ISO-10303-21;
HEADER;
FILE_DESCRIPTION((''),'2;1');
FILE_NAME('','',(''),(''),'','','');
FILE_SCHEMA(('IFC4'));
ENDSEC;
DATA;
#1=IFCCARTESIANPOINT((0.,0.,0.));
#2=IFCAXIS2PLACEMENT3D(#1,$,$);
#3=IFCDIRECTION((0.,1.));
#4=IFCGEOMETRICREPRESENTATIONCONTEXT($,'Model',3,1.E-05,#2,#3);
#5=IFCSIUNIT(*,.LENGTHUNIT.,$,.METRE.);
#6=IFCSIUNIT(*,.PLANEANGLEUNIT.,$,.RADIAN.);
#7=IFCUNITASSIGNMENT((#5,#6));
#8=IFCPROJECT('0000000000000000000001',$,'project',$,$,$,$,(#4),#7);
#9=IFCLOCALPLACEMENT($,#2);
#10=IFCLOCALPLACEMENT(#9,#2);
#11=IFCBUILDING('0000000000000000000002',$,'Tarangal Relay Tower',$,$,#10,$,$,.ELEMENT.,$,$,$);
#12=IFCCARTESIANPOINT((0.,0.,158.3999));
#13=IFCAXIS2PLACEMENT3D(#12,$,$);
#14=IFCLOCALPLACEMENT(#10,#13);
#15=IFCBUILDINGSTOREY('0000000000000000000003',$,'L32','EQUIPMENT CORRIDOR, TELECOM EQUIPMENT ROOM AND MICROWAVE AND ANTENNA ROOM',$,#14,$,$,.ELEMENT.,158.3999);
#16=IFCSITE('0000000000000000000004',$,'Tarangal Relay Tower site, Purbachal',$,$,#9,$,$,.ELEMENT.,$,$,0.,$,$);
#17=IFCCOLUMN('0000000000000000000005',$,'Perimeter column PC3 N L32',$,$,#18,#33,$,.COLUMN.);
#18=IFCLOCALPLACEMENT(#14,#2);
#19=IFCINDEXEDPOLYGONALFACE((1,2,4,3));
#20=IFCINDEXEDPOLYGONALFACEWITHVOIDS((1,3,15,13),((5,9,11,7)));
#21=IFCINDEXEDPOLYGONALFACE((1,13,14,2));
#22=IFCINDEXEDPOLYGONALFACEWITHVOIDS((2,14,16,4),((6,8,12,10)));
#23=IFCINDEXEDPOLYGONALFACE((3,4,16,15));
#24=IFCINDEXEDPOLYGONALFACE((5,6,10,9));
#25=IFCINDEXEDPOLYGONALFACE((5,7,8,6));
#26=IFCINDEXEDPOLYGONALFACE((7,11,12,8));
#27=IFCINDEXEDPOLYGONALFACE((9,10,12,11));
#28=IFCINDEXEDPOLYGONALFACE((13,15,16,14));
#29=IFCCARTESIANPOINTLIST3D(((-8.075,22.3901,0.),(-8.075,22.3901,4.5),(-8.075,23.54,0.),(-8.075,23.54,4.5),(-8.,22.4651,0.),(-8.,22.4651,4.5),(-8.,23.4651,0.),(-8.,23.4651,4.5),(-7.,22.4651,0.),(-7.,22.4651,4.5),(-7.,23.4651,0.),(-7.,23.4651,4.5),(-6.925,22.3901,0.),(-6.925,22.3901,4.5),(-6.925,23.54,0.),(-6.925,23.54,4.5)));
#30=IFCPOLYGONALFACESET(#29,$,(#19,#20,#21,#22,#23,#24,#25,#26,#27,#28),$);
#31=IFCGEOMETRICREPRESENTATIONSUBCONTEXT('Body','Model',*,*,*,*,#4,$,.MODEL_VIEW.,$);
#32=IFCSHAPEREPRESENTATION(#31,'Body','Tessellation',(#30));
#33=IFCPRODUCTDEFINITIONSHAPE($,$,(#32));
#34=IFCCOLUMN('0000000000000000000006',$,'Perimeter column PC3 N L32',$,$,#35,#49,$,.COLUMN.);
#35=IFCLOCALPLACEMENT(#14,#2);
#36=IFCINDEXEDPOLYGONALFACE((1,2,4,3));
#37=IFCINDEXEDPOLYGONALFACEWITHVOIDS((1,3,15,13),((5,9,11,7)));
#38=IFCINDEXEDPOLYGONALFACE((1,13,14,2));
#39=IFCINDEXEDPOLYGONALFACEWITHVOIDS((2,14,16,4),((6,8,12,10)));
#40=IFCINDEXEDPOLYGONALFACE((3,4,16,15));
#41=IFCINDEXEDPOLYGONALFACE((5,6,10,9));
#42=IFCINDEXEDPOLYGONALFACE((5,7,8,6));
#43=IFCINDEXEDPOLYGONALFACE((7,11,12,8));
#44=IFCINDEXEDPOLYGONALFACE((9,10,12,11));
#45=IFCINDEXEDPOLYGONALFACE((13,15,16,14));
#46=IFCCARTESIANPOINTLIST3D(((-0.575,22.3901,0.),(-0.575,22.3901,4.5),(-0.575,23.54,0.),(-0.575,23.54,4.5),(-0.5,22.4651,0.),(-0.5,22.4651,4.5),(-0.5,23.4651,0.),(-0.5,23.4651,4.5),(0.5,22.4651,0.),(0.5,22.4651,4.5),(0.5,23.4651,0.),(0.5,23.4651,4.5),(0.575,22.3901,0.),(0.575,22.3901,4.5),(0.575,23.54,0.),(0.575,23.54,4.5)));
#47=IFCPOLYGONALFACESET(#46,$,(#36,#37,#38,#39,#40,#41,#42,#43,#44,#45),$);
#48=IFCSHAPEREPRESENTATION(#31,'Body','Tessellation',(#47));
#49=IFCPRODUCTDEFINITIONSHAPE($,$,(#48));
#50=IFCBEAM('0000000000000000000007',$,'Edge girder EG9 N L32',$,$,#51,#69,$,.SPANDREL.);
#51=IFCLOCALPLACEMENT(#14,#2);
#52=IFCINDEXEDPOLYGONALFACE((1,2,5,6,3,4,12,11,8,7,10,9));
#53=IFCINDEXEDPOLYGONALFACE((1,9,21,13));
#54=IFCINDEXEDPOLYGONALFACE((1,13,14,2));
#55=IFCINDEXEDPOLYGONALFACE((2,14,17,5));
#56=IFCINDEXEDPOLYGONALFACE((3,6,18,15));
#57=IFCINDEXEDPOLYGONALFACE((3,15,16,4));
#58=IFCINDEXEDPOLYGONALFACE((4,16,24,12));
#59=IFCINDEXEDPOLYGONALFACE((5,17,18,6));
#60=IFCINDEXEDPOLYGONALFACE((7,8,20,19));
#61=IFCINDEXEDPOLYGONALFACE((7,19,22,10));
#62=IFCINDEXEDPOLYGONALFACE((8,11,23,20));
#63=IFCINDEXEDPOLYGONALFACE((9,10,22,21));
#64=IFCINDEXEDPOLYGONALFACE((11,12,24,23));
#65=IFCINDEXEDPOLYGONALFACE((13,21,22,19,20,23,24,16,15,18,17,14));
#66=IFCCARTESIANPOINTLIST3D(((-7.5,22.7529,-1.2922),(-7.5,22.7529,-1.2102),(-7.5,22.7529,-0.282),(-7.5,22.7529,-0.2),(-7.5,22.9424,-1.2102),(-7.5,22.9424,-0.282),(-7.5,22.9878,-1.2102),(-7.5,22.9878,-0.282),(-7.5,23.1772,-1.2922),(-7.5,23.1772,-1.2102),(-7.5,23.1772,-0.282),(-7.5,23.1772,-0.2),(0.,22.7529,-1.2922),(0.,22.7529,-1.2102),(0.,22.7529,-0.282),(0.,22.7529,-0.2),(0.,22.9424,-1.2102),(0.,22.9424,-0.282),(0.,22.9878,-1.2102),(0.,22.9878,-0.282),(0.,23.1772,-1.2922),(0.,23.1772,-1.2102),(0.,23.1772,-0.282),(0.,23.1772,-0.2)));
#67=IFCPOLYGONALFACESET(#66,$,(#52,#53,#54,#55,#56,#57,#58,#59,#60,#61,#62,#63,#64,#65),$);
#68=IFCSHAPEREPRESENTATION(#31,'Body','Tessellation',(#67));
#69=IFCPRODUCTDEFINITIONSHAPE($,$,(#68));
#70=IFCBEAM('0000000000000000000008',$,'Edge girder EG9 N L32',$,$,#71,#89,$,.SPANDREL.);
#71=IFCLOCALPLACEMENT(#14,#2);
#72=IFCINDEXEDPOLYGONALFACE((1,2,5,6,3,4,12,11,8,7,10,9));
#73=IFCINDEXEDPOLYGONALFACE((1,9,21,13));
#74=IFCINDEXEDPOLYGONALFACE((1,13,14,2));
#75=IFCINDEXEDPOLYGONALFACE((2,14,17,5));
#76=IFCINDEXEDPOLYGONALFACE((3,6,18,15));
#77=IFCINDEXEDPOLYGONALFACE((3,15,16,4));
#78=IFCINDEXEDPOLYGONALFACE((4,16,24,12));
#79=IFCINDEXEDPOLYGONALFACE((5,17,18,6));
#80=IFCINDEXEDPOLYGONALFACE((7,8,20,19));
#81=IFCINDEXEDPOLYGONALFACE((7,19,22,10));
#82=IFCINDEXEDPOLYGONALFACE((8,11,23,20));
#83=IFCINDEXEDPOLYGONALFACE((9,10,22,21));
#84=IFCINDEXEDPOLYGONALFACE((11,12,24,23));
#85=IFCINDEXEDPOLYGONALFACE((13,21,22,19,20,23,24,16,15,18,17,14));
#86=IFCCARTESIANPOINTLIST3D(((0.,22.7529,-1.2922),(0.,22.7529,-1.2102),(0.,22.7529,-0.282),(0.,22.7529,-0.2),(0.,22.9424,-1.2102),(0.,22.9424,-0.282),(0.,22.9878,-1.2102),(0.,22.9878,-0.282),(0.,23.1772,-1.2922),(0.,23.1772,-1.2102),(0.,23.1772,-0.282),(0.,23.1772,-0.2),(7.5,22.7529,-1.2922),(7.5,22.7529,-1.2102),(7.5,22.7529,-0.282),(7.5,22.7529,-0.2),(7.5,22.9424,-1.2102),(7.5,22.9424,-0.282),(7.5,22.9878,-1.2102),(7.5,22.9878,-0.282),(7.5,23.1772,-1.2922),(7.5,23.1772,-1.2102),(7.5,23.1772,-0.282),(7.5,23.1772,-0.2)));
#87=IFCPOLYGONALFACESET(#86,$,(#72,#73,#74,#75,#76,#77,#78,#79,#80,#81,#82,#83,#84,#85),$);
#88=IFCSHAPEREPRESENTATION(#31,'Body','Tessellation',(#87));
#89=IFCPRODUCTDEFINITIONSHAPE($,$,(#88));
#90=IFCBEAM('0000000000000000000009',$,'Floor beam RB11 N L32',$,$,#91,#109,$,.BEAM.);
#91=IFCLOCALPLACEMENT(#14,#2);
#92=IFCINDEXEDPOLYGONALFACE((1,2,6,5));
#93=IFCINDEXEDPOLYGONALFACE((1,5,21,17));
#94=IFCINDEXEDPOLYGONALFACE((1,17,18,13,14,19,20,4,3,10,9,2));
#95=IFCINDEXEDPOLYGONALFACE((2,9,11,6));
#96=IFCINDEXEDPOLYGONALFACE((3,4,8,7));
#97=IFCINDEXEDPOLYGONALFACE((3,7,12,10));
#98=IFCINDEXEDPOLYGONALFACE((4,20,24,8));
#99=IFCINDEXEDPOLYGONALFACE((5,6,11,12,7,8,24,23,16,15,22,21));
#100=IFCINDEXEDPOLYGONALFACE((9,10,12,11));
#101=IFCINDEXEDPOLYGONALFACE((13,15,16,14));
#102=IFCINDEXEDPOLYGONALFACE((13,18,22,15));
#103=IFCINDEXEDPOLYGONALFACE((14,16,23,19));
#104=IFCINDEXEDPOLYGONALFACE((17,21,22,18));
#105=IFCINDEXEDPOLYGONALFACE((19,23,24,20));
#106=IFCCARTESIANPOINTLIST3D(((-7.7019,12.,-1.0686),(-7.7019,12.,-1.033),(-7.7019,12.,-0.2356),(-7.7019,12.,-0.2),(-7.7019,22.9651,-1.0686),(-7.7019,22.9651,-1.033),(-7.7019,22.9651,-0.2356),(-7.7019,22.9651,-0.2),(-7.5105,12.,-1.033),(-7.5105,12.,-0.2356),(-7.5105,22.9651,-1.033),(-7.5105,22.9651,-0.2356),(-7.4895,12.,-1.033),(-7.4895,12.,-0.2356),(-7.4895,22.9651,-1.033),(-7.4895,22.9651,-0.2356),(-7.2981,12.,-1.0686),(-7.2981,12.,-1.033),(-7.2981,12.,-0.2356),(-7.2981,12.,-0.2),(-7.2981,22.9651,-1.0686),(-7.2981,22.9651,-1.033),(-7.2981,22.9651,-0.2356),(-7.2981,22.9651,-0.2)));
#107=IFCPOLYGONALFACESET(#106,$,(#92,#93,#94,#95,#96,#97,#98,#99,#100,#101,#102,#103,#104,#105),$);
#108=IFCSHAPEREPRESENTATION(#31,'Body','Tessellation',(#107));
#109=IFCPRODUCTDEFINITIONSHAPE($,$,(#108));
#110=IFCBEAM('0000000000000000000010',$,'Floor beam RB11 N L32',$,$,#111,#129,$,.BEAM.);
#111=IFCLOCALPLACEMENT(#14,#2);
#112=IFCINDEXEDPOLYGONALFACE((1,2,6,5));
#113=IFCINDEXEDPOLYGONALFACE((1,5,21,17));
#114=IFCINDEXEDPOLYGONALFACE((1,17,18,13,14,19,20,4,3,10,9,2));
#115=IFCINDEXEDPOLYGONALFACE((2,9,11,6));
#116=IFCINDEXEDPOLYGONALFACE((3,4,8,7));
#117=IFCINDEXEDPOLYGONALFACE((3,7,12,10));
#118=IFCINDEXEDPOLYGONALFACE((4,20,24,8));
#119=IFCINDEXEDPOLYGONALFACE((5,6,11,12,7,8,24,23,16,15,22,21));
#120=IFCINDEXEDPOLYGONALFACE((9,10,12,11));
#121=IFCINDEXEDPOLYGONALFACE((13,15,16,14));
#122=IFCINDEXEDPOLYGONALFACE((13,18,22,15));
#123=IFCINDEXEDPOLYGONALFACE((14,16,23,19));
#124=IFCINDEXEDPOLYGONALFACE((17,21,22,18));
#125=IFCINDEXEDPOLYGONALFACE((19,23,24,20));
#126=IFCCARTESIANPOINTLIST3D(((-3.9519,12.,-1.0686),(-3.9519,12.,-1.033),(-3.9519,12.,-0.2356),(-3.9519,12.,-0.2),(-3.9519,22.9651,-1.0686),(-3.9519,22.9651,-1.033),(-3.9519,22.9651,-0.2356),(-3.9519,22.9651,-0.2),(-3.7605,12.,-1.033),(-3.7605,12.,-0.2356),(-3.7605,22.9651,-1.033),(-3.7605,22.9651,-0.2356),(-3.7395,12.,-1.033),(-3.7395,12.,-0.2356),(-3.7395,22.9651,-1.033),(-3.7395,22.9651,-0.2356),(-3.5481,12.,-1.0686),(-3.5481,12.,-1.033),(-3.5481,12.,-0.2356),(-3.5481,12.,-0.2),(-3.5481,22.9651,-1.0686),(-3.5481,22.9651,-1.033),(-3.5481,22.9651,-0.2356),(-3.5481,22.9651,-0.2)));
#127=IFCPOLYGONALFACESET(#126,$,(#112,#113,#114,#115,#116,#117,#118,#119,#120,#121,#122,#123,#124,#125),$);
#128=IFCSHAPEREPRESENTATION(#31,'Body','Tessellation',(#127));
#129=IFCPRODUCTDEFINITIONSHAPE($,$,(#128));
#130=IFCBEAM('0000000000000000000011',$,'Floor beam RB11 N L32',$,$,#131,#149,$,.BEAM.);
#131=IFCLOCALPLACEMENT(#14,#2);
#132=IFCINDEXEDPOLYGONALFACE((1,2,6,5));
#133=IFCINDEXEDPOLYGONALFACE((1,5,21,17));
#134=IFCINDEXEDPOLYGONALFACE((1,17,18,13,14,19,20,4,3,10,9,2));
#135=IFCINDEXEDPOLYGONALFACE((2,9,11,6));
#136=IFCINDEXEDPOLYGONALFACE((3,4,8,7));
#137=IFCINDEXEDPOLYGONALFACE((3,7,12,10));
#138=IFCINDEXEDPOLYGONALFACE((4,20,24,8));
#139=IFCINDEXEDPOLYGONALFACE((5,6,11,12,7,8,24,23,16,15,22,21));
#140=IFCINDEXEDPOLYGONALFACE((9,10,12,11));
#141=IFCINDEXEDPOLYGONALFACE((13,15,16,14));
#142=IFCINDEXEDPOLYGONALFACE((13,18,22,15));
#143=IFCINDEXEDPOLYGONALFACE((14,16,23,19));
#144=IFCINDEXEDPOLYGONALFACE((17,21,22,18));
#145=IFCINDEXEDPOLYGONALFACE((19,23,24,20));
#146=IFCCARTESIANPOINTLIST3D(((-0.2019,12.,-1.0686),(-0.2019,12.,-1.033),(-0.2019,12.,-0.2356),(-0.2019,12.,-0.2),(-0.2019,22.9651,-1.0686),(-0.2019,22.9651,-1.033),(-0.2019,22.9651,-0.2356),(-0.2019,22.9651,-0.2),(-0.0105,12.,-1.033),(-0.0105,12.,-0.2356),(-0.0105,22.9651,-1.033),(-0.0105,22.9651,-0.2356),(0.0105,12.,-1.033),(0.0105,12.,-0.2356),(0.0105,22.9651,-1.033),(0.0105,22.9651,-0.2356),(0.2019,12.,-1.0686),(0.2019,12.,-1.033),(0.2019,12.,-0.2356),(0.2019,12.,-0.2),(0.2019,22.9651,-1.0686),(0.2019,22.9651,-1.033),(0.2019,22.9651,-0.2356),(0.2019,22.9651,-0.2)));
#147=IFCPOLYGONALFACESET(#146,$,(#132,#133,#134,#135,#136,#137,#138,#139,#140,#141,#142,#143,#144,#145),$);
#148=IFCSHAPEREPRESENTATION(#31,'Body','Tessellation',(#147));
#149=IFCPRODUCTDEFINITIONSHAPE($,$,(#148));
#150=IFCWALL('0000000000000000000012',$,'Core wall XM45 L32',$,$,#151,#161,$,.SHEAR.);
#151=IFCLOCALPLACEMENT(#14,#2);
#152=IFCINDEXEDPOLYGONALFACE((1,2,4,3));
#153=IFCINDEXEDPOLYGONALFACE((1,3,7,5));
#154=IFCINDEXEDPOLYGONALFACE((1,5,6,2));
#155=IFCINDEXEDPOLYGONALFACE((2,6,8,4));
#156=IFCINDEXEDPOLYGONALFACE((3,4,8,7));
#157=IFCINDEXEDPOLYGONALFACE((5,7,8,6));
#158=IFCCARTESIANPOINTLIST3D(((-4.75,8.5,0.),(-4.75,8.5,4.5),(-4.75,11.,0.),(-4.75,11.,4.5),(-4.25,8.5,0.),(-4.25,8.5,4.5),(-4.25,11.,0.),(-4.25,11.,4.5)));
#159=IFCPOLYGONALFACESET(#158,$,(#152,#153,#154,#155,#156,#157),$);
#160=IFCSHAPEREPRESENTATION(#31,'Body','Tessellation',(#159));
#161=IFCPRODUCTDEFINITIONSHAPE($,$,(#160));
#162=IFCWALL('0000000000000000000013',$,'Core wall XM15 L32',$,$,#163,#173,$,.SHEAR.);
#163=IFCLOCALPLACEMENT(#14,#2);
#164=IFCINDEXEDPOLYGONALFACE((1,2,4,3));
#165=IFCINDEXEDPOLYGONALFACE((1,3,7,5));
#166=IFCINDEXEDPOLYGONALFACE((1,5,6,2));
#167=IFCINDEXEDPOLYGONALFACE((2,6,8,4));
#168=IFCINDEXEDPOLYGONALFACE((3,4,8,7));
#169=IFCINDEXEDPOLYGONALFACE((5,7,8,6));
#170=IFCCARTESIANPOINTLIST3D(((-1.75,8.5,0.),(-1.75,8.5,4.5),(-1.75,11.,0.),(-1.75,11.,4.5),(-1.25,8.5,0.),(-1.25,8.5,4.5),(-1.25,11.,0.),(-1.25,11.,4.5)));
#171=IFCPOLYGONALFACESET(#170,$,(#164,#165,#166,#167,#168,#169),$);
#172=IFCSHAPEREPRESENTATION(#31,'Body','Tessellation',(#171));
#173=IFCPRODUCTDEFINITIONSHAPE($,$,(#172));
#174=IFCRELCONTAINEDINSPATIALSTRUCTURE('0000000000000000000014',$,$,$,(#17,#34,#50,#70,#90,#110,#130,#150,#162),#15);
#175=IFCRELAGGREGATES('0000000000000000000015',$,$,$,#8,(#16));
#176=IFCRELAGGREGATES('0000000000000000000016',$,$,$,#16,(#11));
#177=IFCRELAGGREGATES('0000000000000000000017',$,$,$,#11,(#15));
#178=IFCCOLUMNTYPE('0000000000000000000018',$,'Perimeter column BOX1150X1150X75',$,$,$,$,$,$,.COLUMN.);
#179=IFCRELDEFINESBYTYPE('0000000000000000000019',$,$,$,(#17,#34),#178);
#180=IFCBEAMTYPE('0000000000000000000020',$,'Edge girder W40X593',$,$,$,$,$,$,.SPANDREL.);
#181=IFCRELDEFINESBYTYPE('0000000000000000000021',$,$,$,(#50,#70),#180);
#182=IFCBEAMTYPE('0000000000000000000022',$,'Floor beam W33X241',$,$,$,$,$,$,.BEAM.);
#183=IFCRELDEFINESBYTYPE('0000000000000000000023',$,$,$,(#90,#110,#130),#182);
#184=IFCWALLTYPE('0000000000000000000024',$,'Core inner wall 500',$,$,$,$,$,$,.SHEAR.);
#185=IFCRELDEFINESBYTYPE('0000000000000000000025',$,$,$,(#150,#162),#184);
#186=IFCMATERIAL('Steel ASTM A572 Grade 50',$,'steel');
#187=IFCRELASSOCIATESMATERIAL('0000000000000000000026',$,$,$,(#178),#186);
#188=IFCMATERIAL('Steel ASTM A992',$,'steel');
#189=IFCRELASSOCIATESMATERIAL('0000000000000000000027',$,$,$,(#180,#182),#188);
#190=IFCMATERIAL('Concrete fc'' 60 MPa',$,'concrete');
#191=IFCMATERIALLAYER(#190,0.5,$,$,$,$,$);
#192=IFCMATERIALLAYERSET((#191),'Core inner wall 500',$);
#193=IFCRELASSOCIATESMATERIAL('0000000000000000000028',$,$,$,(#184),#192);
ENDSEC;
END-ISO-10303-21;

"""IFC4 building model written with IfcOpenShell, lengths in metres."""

from ifc_helpers import new_model, si_unit, direction, frame, frame_2d, origin, origin_2d, place, context, subcontext, project, spatial, rectangle, hollow_rectangle, i_section, extrude, material, layer, layer_set, material_profile, profile_set, type_object, element, save


model = new_model("IFC4")

# Units and contexts
model_context = context("Model", 3, precision=1e-05, world=origin(), true_north=direction((0.0, 1.0)))
body_context = subcontext(model_context, "Body", "Model", "MODEL_VIEW")
ifc_project = project(units=[si_unit("LENGTHUNIT", "METRE"), si_unit("PLANEANGLEUNIT", "RADIAN")], contexts=[model_context])

# Site, building, storey
site_placement = place(None, origin())
site = spatial("IfcSite", under=ifc_project, at=site_placement, Name="Tarangal Relay Tower site, Purbachal", CompositionType="ELEMENT", RefElevation=0.0)
building_placement = place(site_placement, origin())
building = spatial("IfcBuilding", under=site, at=building_placement, Name="Tarangal Relay Tower", CompositionType="ELEMENT")
storey_placement = place(building_placement, frame((0.0, 0.0, 158.3999)))
storey = spatial("IfcBuildingStorey", under=building, at=storey_placement, Name="L32", Description="EQUIPMENT CORRIDOR, TELECOM EQUIPMENT ROOM AND MICROWAVE AND ANTENNA ROOM", CompositionType="ELEMENT", Elevation=158.3999)

# Columns
ifc_material_1 = material(Name="Steel ASTM A572 Grade 50", Category="steel")
ifc_material_profile_1 = material_profile(ifc_material_1, hollow_rectangle(XDim=1.1499, YDim=1.1499, WallThickness=0.075, at=origin_2d()), Name="BOX1150X1150X75")
ifc_profile_set_1 = profile_set([ifc_material_profile_1], Name="Steel ASTM A572 Grade 50")
column_type = type_object("IfcColumnType", Name="Perimeter column BOX1150X1150X75", PredefinedType="COLUMN", material=ifc_profile_set_1)
for number, where, z_axis, x_axis, name in (
    (1, (-7.5, 22.9651, 0.0), (0.0, 0.0, 1.0), (1.0, 0.0, 0.0), "Perimeter column PC3 N L32"),
    (2, (0.0, 22.9651, 0.0), (0.0, 0.0, 1.0), (1.0, 0.0, 0.0), "Perimeter column PC3 N L32"),
):
    element("IfcColumn", number, at=place(storey_placement, frame(where, z_axis=z_axis, x_axis=x_axis)), inside=storey, type_object=column_type, Name=name, PredefinedType="COLUMN", context=body_context, shape_type="SweptSolid", body=[
        extrude(hollow_rectangle(XDim=1.1499, YDim=1.1499, WallThickness=0.075, at=origin_2d()), origin(), (0.0, 0.0, 1.0), 4.5),
    ])

# Beams
ifc_material_2 = material(Name="Steel ASTM A992", Category="steel")
ifc_material_profile_2 = material_profile(ifc_material_2, i_section(OverallWidth=0.4243, OverallDepth=1.0923, WebThickness=0.0454, FlangeThickness=0.082, at=origin_2d()), Name="W40X593")
ifc_profile_set_2 = profile_set([ifc_material_profile_2], Name="Steel ASTM A992")
beam_type_1 = type_object("IfcBeamType", Name="Edge girder W40X593", PredefinedType="SPANDREL", material=ifc_profile_set_2)
for number, where, z_axis, x_axis, name in (
    (3, (-7.5, 22.9651, -0.7461), (1.0, 0.0, 0.0), (0.0, 1.0, 0.0), "Edge girder EG9 N L32"),
    (4, (0.0, 22.9651, -0.7461), (1.0, 0.0, 0.0), (0.0, 1.0, 0.0), "Edge girder EG9 N L32"),
):
    element("IfcBeam", number, at=place(storey_placement, frame(where, z_axis=z_axis, x_axis=x_axis)), inside=storey, type_object=beam_type_1, Name=name, PredefinedType="SPANDREL", context=body_context, shape_type="SweptSolid", body=[
        extrude(i_section(OverallWidth=0.4243, OverallDepth=1.0923, WebThickness=0.0454, FlangeThickness=0.082, at=origin_2d()), origin(), (0.0, 0.0, 1.0), 7.5),
    ])
ifc_material_profile_3 = material_profile(ifc_material_2, i_section(OverallWidth=0.4038, OverallDepth=0.8687, WebThickness=0.021, FlangeThickness=0.0356, at=origin_2d()), Name="W33X241")
ifc_profile_set_3 = profile_set([ifc_material_profile_3], Name="Steel ASTM A992")
beam_type_2 = type_object("IfcBeamType", Name="Floor beam W33X241", PredefinedType="BEAM", material=ifc_profile_set_3)
for number, where, z_axis, x_axis, name in (
    (5, (-7.5, 12.0, -0.6343), (0.0, 1.0, 0.0), (-1.0, 0.0, 0.0), "Floor beam RB11 N L32"),
    (6, (-3.75, 12.0, -0.6343), (0.0, 1.0, 0.0), (-1.0, 0.0, 0.0), "Floor beam RB11 N L32"),
    (7, (0.0, 12.0, -0.6343), (0.0, 1.0, 0.0), (-1.0, 0.0, 0.0), "Floor beam RB11 N L32"),
):
    element("IfcBeam", number, at=place(storey_placement, frame(where, z_axis=z_axis, x_axis=x_axis)), inside=storey, type_object=beam_type_2, Name=name, PredefinedType="BEAM", context=body_context, shape_type="SweptSolid", body=[
        extrude(i_section(OverallWidth=0.4038, OverallDepth=0.8687, WebThickness=0.021, FlangeThickness=0.0356, at=origin_2d()), origin(), (0.0, 0.0, 1.0), 10.9651),
    ])

# Shared definitions
ifc_material_3 = material(Name="Concrete fc' 60 MPa", Category="concrete")
ifc_layer = layer(ifc_material_3, 0.5)
ifc_layer_set = layer_set([ifc_layer], Name="Core inner wall 500")
wall_type = type_object("IfcWallType", Name="Core inner wall 500", PredefinedType="SHEAR", material=ifc_layer_set)

# Walls
for number, where, z_axis, x_axis, name in (
    (8, (-4.5, 8.5, 0.0), (0.0, 0.0, 1.0), (0.0, 1.0, 0.0), "Core wall XM45 L32"),
    (9, (-1.5, 8.5, 0.0), (0.0, 0.0, 1.0), (0.0, 1.0, 0.0), "Core wall XM15 L32"),
):
    element("IfcWall", number, at=place(storey_placement, frame(where, z_axis=z_axis, x_axis=x_axis)), inside=storey, type_object=wall_type, Name=name, PredefinedType="SHEAR", context=body_context, shape_type="SweptSolid", body=[
        extrude(rectangle(XDim=2.5, YDim=0.5, at=frame_2d((1.25, 0.0))), origin(), (0.0, 0.0, 1.0), 4.5),
    ])

save(model, "model.ifc")
